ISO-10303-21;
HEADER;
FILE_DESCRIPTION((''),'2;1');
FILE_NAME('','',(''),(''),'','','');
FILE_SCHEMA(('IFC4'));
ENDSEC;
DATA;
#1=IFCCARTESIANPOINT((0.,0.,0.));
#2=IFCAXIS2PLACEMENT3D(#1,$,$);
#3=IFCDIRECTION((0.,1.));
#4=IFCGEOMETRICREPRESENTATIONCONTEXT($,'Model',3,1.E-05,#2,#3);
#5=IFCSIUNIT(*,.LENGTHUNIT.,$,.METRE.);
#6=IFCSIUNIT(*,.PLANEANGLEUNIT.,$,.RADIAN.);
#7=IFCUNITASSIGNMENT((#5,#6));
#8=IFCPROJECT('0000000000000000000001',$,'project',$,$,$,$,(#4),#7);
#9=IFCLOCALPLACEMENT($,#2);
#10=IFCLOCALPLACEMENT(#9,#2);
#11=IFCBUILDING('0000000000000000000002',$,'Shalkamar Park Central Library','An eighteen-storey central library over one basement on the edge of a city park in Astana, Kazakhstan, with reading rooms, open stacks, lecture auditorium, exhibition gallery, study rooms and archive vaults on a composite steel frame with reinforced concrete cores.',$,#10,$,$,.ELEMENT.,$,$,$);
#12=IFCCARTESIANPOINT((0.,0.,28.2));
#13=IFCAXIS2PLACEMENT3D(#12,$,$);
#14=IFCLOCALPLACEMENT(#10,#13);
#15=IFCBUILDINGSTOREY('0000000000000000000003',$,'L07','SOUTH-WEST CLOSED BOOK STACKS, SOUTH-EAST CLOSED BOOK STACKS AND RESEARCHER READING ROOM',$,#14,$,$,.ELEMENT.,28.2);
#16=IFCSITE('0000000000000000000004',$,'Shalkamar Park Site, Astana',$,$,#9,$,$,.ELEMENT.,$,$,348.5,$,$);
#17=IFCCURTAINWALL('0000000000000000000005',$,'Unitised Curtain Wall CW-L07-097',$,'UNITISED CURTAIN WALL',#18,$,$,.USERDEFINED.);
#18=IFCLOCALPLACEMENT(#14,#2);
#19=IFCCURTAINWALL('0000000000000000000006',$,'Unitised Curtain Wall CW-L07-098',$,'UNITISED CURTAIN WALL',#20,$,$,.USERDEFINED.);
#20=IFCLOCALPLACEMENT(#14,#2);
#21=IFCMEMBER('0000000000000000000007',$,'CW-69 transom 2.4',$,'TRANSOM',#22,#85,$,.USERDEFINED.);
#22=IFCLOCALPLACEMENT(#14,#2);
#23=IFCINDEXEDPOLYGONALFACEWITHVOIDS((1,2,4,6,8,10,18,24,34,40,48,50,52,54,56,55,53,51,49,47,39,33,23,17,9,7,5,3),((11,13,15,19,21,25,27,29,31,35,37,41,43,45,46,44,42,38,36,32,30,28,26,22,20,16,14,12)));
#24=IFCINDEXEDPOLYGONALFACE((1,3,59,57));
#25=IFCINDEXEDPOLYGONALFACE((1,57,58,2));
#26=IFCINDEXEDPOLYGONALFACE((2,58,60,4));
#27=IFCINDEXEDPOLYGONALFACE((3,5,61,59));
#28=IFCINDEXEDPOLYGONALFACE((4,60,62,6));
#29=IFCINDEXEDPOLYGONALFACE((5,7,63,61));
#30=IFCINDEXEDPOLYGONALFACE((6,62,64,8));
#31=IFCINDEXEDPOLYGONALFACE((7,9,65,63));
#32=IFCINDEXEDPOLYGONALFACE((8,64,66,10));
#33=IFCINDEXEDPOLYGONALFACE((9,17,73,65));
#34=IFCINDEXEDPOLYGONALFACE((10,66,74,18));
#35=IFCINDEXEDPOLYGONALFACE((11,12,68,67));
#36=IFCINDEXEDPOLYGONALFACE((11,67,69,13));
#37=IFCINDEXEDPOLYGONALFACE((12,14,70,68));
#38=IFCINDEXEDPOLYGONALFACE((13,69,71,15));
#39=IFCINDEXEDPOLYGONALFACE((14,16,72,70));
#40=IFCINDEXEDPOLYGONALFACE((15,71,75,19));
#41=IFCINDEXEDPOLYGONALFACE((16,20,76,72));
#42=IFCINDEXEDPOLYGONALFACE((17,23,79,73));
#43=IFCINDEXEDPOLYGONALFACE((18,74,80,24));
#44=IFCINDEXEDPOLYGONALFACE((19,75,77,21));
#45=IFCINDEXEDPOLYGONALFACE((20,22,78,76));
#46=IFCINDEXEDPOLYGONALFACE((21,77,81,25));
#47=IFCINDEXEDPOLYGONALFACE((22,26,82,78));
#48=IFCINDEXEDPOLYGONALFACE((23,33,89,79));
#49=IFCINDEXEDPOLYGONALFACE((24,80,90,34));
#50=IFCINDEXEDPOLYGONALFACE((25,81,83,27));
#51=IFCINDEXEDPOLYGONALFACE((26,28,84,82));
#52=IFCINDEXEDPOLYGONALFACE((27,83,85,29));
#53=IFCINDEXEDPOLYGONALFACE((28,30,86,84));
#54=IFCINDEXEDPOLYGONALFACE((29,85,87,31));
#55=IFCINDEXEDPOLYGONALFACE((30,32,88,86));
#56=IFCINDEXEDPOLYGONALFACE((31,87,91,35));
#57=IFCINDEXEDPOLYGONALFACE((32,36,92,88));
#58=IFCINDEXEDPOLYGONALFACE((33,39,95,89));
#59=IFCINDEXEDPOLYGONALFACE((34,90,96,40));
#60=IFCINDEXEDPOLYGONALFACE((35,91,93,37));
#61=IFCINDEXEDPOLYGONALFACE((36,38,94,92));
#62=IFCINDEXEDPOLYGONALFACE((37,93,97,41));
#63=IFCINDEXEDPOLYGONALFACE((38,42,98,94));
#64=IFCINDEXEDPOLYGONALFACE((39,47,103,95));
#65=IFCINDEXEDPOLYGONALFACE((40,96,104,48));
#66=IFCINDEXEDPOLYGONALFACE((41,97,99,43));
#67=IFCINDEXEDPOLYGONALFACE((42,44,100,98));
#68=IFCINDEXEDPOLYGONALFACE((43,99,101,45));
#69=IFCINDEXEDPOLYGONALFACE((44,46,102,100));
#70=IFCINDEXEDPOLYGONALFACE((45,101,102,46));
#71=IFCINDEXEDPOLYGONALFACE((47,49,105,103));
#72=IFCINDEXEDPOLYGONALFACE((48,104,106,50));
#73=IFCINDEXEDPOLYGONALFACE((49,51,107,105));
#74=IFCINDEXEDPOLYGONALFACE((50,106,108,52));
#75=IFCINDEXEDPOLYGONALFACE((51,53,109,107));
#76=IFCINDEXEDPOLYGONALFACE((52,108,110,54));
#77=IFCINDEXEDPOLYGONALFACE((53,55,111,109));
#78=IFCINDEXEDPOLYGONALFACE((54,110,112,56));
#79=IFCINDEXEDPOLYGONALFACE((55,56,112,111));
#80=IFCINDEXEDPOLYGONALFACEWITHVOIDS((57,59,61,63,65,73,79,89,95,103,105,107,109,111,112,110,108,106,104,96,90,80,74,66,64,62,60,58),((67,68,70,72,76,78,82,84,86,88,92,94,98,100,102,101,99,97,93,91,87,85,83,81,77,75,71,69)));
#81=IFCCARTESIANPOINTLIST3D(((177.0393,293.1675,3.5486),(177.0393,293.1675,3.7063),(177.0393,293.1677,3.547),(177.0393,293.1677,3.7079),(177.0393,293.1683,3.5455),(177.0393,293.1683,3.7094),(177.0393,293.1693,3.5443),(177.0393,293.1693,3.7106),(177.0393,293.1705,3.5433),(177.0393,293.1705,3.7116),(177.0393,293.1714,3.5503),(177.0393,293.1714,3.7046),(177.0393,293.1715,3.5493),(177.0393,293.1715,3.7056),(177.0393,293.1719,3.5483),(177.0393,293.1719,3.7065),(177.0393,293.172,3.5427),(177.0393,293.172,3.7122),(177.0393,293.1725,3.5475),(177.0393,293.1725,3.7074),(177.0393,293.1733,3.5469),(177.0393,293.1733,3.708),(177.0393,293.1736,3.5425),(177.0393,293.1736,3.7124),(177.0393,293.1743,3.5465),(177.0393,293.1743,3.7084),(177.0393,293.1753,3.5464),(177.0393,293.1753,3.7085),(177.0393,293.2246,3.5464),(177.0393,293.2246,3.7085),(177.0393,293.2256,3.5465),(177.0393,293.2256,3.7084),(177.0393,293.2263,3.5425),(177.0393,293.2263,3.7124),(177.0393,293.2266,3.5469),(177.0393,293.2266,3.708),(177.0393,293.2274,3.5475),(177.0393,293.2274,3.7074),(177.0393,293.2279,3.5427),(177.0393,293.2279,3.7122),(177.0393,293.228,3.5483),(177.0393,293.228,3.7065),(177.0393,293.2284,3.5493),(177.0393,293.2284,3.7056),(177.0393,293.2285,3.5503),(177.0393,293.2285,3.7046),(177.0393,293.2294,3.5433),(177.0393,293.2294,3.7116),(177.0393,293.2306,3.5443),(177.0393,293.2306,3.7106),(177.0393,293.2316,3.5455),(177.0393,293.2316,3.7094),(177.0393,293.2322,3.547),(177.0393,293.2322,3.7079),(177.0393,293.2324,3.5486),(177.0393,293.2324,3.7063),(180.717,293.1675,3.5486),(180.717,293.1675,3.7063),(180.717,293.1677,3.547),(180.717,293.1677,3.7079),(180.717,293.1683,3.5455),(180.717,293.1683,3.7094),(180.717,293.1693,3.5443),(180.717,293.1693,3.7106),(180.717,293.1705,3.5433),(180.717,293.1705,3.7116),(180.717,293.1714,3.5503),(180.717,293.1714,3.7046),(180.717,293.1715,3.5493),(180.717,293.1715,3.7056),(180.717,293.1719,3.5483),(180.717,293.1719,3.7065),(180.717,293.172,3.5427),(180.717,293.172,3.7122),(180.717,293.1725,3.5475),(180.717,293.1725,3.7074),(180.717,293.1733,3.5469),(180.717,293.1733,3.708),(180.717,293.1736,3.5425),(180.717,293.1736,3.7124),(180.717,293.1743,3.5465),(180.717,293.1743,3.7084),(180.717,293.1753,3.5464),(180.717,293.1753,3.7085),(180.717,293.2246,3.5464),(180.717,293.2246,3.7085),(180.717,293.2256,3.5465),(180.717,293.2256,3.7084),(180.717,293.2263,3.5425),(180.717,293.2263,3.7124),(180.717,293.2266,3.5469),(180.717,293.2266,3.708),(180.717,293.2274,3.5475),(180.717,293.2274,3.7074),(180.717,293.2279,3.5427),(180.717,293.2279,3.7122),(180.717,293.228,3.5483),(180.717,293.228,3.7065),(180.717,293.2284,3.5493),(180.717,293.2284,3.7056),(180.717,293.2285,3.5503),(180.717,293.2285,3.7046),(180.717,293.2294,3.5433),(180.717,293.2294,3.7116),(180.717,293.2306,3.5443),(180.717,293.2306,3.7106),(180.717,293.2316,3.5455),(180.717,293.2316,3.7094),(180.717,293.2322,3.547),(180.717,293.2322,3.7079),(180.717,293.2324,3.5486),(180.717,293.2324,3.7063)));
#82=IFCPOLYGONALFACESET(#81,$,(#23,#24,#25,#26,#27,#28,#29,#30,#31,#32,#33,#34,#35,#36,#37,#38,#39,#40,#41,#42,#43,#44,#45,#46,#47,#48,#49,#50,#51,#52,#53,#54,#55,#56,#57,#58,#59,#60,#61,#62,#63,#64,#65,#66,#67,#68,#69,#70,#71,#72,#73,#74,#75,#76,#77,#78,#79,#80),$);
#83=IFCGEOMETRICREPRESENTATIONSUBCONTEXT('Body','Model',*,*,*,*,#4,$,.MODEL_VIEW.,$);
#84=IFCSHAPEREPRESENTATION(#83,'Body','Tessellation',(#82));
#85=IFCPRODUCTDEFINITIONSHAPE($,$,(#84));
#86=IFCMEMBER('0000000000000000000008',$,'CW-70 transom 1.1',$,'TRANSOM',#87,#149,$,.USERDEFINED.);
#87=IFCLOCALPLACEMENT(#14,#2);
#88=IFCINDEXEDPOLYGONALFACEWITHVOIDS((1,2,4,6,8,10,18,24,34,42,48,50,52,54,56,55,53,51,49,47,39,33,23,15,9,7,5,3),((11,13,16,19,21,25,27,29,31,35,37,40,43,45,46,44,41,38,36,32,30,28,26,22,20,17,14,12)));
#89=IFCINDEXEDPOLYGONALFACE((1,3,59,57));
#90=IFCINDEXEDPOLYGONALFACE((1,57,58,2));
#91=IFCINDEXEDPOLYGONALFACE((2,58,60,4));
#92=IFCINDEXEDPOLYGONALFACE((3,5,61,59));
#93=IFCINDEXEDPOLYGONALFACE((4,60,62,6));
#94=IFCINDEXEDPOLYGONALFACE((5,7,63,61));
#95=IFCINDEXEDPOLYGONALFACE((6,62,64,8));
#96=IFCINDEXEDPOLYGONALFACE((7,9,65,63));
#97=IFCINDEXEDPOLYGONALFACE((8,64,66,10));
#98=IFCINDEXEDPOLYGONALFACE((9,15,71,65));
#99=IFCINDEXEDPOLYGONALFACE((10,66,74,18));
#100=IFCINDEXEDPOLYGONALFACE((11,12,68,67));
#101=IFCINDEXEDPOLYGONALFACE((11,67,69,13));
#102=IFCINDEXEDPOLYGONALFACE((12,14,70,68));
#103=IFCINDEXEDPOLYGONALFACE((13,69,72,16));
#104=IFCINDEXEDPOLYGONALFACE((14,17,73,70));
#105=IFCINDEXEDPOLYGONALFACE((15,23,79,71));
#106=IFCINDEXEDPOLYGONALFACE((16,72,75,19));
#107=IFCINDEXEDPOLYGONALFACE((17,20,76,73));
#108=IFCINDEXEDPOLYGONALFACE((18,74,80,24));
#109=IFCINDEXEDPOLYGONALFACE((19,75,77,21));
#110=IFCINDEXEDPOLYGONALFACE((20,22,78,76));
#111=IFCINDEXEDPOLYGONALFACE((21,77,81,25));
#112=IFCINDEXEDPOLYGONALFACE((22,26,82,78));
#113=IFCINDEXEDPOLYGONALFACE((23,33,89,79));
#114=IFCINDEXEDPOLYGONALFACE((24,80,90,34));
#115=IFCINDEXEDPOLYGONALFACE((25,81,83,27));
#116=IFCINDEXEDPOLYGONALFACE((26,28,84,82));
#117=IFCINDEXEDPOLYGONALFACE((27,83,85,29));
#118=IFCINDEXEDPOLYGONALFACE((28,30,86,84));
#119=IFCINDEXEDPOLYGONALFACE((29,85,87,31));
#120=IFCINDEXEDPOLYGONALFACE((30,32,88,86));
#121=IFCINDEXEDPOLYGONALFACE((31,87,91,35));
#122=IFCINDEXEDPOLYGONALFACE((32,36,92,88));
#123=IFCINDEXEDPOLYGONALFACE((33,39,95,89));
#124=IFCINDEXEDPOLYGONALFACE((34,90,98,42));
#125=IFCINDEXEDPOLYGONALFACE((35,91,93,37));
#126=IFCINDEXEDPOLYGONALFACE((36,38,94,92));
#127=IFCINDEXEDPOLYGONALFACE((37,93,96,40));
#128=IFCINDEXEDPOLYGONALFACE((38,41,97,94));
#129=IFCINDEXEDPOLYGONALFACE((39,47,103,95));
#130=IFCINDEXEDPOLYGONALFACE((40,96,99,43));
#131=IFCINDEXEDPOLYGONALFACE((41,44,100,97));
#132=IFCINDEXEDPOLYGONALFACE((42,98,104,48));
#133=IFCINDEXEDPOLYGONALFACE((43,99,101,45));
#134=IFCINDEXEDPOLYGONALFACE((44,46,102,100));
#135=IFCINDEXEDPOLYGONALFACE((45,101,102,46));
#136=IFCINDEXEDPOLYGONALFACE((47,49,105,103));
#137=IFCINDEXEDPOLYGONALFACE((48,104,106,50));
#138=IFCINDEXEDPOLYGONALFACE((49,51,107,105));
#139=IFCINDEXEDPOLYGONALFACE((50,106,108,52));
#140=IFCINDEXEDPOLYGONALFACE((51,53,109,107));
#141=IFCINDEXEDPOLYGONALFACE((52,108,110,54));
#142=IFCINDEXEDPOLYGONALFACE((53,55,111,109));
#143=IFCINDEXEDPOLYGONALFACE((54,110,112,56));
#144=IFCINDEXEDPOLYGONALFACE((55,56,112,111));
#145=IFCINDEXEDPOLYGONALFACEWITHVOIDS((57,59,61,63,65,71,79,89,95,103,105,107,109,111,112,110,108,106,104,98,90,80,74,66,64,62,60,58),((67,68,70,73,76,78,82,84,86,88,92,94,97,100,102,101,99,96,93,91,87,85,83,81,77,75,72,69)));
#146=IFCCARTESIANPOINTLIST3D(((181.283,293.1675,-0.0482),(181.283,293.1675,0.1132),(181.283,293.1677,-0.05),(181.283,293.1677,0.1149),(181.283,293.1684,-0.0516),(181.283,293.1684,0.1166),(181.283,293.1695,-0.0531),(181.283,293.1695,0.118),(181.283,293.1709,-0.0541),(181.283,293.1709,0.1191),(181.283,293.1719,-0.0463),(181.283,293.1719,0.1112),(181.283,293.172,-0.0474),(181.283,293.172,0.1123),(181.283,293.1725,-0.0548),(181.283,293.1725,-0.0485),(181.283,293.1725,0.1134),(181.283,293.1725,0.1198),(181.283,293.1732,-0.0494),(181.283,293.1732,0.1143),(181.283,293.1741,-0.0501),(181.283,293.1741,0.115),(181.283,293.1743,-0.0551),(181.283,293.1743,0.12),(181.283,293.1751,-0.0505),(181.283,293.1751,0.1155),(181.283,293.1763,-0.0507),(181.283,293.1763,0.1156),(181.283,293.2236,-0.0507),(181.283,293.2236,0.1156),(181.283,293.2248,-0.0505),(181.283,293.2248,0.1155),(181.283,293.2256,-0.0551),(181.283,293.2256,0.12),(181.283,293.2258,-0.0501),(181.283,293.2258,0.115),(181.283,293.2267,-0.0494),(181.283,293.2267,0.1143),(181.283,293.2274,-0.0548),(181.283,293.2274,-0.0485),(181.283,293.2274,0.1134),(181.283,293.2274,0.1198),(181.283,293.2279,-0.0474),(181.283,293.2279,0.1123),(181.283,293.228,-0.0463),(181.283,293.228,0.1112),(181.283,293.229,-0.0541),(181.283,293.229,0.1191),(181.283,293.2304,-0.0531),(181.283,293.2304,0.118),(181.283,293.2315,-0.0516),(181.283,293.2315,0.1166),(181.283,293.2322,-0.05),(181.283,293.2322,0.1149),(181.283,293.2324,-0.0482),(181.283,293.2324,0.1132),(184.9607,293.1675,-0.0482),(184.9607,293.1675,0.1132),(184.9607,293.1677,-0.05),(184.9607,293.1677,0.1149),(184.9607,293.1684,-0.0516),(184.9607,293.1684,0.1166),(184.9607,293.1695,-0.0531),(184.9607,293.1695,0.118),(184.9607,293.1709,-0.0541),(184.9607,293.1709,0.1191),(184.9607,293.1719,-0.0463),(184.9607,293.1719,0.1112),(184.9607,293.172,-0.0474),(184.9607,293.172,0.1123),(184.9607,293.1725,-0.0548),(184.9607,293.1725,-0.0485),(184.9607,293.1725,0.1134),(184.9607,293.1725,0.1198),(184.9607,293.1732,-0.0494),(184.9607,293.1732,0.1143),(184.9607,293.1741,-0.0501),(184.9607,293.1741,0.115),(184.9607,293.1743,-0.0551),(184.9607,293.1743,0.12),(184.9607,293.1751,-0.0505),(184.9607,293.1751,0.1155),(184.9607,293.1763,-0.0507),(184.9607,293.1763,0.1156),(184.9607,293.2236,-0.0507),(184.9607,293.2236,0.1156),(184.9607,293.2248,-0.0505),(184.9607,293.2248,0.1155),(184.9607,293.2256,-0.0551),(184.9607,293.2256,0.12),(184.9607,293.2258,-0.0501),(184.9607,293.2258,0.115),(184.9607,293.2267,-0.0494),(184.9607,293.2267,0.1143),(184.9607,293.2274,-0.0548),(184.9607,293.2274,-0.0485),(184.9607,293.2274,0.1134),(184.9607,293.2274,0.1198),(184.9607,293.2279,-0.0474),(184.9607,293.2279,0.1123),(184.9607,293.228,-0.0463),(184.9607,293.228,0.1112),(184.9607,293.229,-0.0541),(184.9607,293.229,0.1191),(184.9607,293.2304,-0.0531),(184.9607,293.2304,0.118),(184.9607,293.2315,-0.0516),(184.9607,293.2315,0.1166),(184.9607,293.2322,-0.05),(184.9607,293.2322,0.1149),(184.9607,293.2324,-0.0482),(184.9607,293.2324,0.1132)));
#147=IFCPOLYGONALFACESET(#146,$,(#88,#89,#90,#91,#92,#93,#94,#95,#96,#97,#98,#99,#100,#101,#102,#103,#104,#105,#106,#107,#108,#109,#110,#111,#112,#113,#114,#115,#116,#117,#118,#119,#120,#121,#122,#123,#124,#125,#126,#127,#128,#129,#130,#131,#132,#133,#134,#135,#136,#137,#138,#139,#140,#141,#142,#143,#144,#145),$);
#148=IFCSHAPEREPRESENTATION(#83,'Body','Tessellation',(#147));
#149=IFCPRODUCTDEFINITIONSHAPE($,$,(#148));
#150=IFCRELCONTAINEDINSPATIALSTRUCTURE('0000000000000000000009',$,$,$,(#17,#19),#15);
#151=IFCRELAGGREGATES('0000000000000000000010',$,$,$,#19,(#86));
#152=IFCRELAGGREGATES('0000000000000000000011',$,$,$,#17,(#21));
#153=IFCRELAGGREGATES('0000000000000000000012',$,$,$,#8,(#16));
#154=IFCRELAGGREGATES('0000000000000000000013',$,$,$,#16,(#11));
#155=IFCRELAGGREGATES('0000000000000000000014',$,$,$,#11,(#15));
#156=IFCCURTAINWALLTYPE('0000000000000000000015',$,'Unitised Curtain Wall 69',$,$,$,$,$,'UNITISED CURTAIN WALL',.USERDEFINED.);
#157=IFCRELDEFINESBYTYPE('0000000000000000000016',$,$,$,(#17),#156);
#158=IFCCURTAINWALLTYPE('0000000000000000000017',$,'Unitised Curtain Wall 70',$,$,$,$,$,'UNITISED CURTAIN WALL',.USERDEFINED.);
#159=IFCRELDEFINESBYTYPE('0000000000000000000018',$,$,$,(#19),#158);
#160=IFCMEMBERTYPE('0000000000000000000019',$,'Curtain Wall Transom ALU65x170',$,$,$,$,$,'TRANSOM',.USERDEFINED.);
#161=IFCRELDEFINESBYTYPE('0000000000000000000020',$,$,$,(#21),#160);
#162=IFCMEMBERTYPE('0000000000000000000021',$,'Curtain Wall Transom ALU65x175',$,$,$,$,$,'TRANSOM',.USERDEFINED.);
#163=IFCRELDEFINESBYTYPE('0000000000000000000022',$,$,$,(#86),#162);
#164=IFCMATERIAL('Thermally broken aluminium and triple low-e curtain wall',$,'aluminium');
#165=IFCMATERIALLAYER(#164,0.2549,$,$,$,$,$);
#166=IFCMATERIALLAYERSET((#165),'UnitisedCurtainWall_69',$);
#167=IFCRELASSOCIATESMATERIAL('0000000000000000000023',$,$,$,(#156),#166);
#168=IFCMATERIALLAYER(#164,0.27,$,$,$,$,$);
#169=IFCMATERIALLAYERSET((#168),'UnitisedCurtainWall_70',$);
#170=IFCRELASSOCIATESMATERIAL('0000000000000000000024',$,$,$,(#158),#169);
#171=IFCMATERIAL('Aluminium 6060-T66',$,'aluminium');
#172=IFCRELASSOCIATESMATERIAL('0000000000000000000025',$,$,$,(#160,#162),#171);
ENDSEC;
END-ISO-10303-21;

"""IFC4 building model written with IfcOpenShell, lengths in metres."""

from ifc_helpers import new_model, si_unit, direction, frame, origin, origin_2d, place, context, subcontext, project, spatial, hollow_rectangle, extrude, material, layer, layer_set, material_profile, profile_set, type_object, element, aggregate, save


model = new_model("IFC4")

# Units and contexts
model_context = context("Model", 3, precision=1e-05, world=origin(), true_north=direction((0.0, 1.0)))
body_context = subcontext(model_context, "Body", "Model", "MODEL_VIEW")
ifc_project = project(units=[si_unit("LENGTHUNIT", "METRE"), si_unit("PLANEANGLEUNIT", "RADIAN")], contexts=[model_context])

# Site, building, storey
site_placement = place(None, origin())
site = spatial("IfcSite", under=ifc_project, at=site_placement, Name="Shalkamar Park Site, Astana", CompositionType="ELEMENT", RefElevation=348.5)
building_placement = place(site_placement, origin())
building = spatial("IfcBuilding", under=site, at=building_placement, Name="Shalkamar Park Central Library", Description="An eighteen-storey central library over one basement on the edge of a city park in Astana, Kazakhstan, with reading rooms, open stacks, lecture auditorium, exhibition gallery, study rooms and archive vaults on a composite steel frame with reinforced concrete cores.", CompositionType="ELEMENT")
storey_placement = place(building_placement, frame((0.0, 0.0, 28.2)))
storey = spatial("IfcBuildingStorey", under=building, at=storey_placement, Name="L07", Description="SOUTH-WEST CLOSED BOOK STACKS, SOUTH-EAST CLOSED BOOK STACKS AND RESEARCHER READING ROOM", CompositionType="ELEMENT", Elevation=28.2)

# Curtain wall
ifc_material_1 = material(Name="Thermally broken aluminium and triple low-e curtain wall", Category="aluminium")
ifc_layer_1 = layer(ifc_material_1, 0.2549)
ifc_layer_set_1 = layer_set([ifc_layer_1], Name="UnitisedCurtainWall_69")
curtain_wall_type_1 = type_object("IfcCurtainWallType", Name="Unitised Curtain Wall 69", ElementType="UNITISED CURTAIN WALL", PredefinedType="USERDEFINED", material=ifc_layer_set_1)
curtain_wall_1_placement = place(storey_placement, origin())
curtain_wall_1 = element("IfcCurtainWall", 1, at=curtain_wall_1_placement, inside=storey, type_object=curtain_wall_type_1, Name="Unitised Curtain Wall CW-L07-097", ObjectType="UNITISED CURTAIN WALL", PredefinedType="USERDEFINED")
ifc_material_2 = material(Name="Aluminium 6060-T66", Category="aluminium")

# Curtain wall
ifc_layer_2 = layer(ifc_material_1, 0.27)
ifc_layer_set_2 = layer_set([ifc_layer_2], Name="UnitisedCurtainWall_70")
curtain_wall_type_2 = type_object("IfcCurtainWallType", Name="Unitised Curtain Wall 70", ElementType="UNITISED CURTAIN WALL", PredefinedType="USERDEFINED", material=ifc_layer_set_2)
curtain_wall_2_placement = place(storey_placement, origin())
curtain_wall_2 = element("IfcCurtainWall", 2, at=curtain_wall_2_placement, inside=storey, type_object=curtain_wall_type_2, Name="Unitised Curtain Wall CW-L07-098", ObjectType="UNITISED CURTAIN WALL", PredefinedType="USERDEFINED")

# Members
ifc_material_profile_1 = material_profile(ifc_material_2, hollow_rectangle(XDim=0.0649, YDim=0.1699, WallThickness=0.0039, InnerFilletRadius=0.0039, OuterFilletRadius=0.0061, at=origin_2d()), Name="ALU 65x170x4")
ifc_profile_set_1 = profile_set([ifc_material_profile_1], Name="Aluminium 6060-T66")
member_type_1 = type_object("IfcMemberType", Name="Curtain Wall Transom ALU65x170", ElementType="TRANSOM", PredefinedType="USERDEFINED", material=ifc_profile_set_1)
member_1_placement = place(storey_placement, frame((177.0393, 293.2, 3.6274), z_axis=(1.0, 0.0, 0.0), x_axis=(0.0, 1.0, 0.0)))
member_1 = element("IfcMember", 3, at=member_1_placement, type_object=member_type_1, Name="CW-69 transom 2.4", ObjectType="TRANSOM", PredefinedType="USERDEFINED", context=body_context, shape_type="SweptSolid", body=[
    extrude(hollow_rectangle(XDim=0.0649, YDim=0.1699, WallThickness=0.0039, InnerFilletRadius=0.0039, OuterFilletRadius=0.0061, at=origin_2d()), origin(), (0.0, 0.0, 1.0), 3.6777),
])
ifc_material_profile_2 = material_profile(ifc_material_2, hollow_rectangle(XDim=0.0649, YDim=0.175, WallThickness=0.0044, InnerFilletRadius=0.0044, OuterFilletRadius=0.0068, at=origin_2d()), Name="ALU 65x175x4.5")
ifc_profile_set_2 = profile_set([ifc_material_profile_2], Name="Aluminium 6060-T66")
member_type_2 = type_object("IfcMemberType", Name="Curtain Wall Transom ALU65x175", ElementType="TRANSOM", PredefinedType="USERDEFINED", material=ifc_profile_set_2)
member_2_placement = place(storey_placement, frame((181.283, 293.2, 0.0325), z_axis=(1.0, 0.0, 0.0), x_axis=(0.0, 1.0, 0.0)))
member_2 = element("IfcMember", 4, at=member_2_placement, type_object=member_type_2, Name="CW-70 transom 1.1", ObjectType="TRANSOM", PredefinedType="USERDEFINED", context=body_context, shape_type="SweptSolid", body=[
    extrude(hollow_rectangle(XDim=0.0649, YDim=0.175, WallThickness=0.0044, InnerFilletRadius=0.0044, OuterFilletRadius=0.0068, at=origin_2d()), origin(), (0.0, 0.0, 1.0), 3.6777),
])

aggregate(curtain_wall_2, [member_2])
aggregate(curtain_wall_1, [member_1])

save(model, "model.ifc")
